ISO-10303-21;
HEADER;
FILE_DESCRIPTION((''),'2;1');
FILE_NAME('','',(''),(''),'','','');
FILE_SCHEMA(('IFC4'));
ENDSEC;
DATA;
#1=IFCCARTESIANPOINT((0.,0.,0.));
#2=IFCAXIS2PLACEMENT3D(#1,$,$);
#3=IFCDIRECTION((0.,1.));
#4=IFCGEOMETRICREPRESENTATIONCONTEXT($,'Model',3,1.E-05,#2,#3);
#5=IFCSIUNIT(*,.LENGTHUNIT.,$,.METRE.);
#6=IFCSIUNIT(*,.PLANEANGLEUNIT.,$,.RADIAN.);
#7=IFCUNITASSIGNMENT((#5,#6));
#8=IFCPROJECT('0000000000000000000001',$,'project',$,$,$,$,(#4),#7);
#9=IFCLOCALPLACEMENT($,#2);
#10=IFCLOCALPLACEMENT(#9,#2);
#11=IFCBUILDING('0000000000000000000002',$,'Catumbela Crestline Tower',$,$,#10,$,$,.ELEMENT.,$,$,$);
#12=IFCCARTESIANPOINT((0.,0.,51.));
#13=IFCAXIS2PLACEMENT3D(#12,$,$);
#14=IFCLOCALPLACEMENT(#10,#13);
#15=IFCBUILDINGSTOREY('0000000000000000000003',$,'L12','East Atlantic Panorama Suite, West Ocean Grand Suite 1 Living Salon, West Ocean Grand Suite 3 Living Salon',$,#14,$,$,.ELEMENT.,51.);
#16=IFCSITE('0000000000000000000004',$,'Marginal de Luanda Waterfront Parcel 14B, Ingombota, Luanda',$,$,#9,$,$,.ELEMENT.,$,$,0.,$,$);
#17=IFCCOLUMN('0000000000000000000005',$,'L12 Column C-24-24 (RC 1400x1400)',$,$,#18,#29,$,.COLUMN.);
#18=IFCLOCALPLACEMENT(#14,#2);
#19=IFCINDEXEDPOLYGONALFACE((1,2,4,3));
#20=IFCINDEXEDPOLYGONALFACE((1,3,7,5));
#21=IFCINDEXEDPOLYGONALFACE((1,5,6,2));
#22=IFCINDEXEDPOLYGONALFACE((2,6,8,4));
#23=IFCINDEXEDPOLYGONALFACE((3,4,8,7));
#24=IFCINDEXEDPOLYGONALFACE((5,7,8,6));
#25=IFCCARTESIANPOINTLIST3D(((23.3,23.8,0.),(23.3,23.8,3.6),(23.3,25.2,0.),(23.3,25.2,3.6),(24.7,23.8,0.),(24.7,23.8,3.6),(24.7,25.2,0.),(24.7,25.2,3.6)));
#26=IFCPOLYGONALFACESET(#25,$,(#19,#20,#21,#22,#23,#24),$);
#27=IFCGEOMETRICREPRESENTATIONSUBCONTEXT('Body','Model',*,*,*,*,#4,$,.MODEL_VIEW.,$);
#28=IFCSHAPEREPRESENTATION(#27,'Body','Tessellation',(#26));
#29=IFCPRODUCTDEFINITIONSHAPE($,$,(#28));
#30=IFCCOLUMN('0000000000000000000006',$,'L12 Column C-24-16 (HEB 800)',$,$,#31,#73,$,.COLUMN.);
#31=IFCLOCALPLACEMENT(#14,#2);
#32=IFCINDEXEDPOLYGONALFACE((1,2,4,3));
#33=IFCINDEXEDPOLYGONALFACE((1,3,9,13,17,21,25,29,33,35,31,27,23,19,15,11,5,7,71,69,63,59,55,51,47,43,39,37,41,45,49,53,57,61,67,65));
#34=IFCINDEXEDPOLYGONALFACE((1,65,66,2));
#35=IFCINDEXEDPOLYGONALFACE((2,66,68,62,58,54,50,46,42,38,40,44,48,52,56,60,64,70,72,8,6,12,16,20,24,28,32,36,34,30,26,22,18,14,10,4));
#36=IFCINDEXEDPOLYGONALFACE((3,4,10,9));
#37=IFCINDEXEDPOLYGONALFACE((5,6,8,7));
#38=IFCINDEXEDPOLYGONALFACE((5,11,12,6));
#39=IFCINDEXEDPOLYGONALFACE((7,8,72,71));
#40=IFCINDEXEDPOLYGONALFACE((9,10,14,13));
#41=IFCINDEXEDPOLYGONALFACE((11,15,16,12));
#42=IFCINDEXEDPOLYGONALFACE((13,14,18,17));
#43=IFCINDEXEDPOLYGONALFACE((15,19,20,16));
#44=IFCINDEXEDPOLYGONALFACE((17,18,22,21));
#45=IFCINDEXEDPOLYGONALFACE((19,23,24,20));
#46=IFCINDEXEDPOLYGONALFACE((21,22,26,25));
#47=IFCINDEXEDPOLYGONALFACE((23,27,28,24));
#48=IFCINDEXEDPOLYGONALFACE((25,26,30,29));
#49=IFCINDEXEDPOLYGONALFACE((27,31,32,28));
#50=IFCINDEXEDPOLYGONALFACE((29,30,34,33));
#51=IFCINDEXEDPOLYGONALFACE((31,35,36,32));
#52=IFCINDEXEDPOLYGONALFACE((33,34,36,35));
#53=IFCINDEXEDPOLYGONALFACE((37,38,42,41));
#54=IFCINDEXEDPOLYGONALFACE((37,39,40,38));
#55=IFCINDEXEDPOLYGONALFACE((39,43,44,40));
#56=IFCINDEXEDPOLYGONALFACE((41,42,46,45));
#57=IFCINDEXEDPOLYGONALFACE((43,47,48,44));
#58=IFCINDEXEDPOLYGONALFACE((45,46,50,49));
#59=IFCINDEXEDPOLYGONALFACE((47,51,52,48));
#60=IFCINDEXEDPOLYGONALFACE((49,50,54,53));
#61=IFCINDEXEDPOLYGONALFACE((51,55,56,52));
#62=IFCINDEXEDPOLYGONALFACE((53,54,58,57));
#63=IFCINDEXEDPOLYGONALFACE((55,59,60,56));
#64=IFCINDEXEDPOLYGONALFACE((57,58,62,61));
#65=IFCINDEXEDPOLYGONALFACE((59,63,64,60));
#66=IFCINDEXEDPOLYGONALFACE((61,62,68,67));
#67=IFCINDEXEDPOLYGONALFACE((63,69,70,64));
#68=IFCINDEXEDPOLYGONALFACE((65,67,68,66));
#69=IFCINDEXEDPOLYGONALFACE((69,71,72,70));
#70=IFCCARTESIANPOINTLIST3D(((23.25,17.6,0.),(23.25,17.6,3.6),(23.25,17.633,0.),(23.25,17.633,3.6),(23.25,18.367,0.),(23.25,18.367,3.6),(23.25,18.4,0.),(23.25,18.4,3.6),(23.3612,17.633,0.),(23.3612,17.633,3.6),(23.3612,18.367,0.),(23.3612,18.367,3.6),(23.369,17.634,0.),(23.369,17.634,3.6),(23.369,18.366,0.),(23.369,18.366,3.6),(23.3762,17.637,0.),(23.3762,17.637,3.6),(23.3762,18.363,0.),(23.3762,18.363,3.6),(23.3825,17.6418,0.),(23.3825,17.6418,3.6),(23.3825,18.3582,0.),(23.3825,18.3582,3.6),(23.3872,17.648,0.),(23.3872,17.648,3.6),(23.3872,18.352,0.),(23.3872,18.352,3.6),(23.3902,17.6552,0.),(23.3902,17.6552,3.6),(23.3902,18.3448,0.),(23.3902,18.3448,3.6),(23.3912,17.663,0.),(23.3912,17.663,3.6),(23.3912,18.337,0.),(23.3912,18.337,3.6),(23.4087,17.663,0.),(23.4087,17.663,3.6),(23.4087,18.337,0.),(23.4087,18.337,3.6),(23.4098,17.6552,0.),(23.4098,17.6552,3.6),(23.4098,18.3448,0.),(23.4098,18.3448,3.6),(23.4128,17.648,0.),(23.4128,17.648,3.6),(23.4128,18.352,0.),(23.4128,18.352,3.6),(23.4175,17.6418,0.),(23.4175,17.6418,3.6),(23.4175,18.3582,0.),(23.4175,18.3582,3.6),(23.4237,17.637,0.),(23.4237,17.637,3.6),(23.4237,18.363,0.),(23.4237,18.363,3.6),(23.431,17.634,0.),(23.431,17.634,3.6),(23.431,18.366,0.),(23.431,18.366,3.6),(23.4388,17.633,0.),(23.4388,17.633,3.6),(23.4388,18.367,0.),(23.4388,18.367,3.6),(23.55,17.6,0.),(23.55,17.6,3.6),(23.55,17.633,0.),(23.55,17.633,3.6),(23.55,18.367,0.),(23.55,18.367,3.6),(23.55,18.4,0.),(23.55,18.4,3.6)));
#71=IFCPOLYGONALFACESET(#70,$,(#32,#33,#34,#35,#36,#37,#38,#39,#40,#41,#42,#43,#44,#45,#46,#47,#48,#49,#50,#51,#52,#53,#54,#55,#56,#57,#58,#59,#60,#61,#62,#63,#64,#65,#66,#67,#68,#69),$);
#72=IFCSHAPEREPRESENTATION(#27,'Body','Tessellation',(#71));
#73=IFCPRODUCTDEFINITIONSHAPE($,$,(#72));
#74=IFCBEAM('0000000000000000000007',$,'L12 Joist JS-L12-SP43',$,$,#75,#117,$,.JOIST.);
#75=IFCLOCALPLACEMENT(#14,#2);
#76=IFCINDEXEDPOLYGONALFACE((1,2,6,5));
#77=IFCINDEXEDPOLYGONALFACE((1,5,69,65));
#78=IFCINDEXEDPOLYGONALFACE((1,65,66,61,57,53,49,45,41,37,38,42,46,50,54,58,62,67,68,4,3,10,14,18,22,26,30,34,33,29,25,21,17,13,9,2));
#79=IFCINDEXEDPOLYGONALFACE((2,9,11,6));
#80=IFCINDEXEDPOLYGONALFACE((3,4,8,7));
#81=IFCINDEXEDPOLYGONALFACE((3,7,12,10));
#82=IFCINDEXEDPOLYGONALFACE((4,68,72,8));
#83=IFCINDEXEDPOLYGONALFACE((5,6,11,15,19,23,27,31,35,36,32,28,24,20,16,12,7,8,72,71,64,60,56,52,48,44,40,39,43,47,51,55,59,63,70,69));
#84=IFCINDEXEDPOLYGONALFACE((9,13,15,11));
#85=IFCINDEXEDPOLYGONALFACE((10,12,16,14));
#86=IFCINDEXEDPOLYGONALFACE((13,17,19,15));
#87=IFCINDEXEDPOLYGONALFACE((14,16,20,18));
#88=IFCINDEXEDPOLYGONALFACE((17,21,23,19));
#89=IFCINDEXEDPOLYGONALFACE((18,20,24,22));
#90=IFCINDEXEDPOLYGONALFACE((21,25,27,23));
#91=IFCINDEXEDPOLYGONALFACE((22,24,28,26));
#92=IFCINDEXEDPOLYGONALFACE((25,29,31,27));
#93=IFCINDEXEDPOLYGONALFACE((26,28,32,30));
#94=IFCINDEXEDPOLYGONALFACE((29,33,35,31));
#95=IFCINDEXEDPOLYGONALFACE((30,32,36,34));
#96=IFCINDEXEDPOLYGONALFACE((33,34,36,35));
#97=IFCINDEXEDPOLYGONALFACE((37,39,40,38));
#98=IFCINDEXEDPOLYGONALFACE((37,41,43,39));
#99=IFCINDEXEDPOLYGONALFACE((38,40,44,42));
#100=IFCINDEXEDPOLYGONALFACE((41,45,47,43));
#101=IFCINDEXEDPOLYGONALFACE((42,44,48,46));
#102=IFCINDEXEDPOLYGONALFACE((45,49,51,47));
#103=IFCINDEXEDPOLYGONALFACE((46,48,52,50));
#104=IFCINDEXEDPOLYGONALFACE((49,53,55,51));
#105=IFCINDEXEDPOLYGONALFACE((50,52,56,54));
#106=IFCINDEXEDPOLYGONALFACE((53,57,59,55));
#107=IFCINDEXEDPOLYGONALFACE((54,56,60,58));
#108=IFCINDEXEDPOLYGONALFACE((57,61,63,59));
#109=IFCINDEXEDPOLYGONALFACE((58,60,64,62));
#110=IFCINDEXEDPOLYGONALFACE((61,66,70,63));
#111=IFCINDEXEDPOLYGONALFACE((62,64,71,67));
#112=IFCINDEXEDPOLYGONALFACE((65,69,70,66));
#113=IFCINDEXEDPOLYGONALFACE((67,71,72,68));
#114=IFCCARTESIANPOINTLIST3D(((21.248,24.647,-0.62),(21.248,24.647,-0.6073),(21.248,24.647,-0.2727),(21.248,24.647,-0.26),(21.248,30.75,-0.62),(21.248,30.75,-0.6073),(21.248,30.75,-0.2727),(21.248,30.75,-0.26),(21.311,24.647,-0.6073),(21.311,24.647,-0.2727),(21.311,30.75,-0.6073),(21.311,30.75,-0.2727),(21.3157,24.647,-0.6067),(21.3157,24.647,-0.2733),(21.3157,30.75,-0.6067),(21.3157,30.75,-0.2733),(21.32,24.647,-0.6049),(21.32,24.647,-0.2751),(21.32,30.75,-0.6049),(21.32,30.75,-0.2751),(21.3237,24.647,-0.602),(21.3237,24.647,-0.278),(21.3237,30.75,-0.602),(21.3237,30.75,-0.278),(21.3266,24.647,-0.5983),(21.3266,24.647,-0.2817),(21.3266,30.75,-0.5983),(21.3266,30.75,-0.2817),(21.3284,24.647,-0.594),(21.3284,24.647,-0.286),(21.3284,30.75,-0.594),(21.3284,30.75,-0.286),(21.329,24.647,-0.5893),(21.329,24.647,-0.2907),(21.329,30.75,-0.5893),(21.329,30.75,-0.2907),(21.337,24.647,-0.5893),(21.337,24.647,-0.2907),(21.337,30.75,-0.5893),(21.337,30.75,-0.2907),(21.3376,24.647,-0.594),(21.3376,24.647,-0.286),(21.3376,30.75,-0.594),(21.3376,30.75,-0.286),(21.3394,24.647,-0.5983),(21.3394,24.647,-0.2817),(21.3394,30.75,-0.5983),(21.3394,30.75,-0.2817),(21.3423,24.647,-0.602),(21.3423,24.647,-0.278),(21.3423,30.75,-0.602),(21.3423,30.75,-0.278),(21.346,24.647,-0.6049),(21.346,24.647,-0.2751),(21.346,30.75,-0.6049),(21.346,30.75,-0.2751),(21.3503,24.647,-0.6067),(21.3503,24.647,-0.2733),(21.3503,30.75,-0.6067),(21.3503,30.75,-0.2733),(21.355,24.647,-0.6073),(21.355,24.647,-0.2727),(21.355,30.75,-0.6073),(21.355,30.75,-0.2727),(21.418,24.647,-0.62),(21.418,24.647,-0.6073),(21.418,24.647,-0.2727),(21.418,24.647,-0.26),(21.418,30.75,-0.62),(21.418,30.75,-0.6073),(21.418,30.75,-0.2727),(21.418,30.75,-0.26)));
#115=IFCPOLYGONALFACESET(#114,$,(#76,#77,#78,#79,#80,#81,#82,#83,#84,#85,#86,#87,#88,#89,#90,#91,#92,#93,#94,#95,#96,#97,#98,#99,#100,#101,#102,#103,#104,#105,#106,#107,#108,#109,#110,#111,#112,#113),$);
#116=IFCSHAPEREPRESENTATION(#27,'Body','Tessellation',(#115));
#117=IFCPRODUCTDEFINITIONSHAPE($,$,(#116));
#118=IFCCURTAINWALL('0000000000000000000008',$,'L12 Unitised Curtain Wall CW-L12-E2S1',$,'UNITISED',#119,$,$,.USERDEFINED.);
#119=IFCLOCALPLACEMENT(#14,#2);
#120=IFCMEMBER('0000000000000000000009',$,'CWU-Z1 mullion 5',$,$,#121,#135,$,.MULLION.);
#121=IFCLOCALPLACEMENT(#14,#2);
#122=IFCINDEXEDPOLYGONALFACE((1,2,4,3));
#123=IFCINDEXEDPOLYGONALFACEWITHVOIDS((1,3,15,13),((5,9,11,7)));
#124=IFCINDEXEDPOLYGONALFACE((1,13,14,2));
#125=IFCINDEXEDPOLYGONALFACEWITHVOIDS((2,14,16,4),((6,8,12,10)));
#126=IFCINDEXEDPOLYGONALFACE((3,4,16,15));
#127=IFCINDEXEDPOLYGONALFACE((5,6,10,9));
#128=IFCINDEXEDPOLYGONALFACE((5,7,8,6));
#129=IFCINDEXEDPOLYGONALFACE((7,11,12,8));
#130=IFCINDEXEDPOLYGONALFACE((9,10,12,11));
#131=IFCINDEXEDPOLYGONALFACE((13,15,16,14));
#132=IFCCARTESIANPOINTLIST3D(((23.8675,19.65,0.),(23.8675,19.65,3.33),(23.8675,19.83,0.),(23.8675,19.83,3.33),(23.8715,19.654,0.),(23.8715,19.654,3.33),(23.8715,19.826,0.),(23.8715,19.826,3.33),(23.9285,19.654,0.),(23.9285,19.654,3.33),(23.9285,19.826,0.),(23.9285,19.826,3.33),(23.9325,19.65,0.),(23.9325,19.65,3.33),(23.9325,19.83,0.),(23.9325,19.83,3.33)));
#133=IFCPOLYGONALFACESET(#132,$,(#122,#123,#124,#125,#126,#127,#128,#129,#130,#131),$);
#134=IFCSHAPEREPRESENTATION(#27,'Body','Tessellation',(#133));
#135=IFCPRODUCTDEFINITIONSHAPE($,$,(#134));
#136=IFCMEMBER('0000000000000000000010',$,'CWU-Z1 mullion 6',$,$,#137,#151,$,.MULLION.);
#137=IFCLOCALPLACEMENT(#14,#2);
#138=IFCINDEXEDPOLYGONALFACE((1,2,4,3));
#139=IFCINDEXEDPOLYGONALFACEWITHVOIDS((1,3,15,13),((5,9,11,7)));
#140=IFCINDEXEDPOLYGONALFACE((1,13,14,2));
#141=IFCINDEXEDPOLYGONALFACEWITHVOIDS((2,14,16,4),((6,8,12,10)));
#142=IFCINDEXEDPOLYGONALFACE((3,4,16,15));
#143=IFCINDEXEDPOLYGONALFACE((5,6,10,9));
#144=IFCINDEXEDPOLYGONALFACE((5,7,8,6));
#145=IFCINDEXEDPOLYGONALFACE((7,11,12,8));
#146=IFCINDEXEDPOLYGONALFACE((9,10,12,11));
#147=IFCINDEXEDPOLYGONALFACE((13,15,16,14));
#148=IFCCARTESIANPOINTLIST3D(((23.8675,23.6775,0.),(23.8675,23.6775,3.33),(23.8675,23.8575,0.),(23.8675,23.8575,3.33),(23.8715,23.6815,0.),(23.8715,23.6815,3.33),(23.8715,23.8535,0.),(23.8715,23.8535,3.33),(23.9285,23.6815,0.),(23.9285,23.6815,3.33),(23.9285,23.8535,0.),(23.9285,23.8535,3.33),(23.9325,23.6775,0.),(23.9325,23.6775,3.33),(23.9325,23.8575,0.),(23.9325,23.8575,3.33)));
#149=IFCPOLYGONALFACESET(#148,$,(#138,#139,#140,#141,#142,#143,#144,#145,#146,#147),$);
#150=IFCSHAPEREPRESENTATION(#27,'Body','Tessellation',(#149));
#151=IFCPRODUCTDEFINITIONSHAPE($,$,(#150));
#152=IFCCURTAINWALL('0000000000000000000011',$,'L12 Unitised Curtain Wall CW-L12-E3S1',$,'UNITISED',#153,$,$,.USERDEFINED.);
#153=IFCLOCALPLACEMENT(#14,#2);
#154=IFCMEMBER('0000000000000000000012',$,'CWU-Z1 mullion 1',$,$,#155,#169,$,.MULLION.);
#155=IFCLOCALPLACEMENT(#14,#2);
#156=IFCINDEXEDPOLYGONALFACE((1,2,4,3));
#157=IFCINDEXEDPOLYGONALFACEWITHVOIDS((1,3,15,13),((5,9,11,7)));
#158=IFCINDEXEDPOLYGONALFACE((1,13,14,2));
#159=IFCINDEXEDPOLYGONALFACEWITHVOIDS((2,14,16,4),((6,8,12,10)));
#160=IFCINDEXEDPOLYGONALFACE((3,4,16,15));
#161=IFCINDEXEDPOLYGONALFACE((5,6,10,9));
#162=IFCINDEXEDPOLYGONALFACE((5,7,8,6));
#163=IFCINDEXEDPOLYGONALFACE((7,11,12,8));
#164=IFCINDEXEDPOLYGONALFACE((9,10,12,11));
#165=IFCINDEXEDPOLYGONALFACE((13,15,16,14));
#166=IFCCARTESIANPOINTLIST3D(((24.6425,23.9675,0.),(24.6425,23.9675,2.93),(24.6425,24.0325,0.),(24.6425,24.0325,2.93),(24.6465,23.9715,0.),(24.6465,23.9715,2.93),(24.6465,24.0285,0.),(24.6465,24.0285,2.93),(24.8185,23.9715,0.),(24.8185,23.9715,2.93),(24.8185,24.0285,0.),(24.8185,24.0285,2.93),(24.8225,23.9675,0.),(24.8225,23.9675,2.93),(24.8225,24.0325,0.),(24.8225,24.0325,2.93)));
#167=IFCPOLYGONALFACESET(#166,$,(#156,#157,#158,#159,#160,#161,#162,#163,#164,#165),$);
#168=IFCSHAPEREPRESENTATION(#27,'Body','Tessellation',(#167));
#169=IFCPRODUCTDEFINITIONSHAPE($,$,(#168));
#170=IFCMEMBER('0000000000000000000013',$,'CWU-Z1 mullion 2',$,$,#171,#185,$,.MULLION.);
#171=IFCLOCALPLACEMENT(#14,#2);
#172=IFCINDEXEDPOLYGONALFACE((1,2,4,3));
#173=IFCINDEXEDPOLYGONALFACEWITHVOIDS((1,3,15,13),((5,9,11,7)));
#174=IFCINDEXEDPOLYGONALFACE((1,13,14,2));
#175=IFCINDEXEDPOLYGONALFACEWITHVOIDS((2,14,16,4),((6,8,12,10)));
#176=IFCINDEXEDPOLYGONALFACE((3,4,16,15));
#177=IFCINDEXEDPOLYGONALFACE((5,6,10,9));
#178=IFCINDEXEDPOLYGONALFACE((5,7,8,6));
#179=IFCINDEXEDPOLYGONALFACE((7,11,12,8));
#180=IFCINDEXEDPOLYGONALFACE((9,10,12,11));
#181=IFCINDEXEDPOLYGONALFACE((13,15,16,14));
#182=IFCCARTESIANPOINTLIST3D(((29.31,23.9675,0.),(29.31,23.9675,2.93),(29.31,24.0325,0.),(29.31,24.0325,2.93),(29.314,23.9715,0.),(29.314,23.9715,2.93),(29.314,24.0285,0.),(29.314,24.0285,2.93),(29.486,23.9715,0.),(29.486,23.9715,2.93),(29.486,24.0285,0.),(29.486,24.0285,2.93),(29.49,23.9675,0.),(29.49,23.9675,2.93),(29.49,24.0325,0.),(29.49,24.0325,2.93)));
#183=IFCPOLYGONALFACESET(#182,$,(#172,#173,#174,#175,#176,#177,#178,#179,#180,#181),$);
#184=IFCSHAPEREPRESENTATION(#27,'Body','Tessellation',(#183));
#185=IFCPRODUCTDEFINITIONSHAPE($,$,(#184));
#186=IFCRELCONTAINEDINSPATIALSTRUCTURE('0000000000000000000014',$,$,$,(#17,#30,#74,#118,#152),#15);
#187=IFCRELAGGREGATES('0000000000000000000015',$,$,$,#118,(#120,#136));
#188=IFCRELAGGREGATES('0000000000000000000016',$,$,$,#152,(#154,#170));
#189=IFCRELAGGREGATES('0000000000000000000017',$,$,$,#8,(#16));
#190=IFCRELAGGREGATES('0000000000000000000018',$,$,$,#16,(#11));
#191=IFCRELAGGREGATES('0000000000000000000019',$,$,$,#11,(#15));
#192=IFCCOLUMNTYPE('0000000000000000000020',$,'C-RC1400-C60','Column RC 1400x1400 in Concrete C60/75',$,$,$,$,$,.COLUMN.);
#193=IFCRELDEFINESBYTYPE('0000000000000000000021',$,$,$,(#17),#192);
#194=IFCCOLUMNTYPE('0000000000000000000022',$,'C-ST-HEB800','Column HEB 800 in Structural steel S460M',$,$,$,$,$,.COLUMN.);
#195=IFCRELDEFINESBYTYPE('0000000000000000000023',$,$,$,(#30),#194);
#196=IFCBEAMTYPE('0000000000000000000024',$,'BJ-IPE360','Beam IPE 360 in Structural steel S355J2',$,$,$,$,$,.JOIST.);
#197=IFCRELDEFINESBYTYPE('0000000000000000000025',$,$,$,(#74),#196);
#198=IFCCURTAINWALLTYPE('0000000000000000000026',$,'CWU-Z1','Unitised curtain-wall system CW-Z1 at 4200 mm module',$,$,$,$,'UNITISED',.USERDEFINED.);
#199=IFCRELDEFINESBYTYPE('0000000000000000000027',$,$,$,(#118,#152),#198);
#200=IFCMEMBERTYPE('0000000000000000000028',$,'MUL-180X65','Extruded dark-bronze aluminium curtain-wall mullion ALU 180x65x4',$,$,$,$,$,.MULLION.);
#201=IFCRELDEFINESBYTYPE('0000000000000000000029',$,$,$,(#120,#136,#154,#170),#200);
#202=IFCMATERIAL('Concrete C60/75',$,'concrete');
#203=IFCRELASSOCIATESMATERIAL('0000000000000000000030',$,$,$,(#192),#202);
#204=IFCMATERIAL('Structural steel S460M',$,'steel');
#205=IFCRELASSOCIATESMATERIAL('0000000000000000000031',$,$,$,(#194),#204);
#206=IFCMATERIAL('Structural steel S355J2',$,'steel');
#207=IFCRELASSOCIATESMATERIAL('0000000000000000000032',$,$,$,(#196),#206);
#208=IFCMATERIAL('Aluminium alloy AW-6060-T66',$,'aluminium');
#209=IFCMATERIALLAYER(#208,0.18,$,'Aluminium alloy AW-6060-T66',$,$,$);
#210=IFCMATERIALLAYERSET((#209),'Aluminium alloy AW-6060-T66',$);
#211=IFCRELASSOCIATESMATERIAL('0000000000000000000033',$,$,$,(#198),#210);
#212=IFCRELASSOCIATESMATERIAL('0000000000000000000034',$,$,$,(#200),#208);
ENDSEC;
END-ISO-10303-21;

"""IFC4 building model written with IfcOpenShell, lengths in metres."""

from ifc_helpers import new_model, si_unit, direction, frame, origin, origin_2d, place, context, subcontext, project, spatial, rectangle, hollow_rectangle, i_section, extrude, material, layer, layer_set, material_profile, profile_set, type_object, element, aggregate, save


model = new_model("IFC4")

# Units and contexts
model_context = context("Model", 3, precision=1e-05, world=origin(), true_north=direction((0.0, 1.0)))
body_context = subcontext(model_context, "Body", "Model", "MODEL_VIEW")
ifc_project = project(units=[si_unit("LENGTHUNIT", "METRE"), si_unit("PLANEANGLEUNIT", "RADIAN")], contexts=[model_context])

# Site, building, storey
site_placement = place(None, origin())
site = spatial("IfcSite", under=ifc_project, at=site_placement, Name="Marginal de Luanda Waterfront Parcel 14B, Ingombota, Luanda", CompositionType="ELEMENT", RefElevation=0.0)
building_placement = place(site_placement, origin())
building = spatial("IfcBuilding", under=site, at=building_placement, Name="Catumbela Crestline Tower", CompositionType="ELEMENT")
storey_placement = place(building_placement, frame((0.0, 0.0, 51.0)))
storey = spatial("IfcBuildingStorey", under=building, at=storey_placement, Name="L12", Description="East Atlantic Panorama Suite, West Ocean Grand Suite 1 Living Salon, West Ocean Grand Suite 3 Living Salon", CompositionType="ELEMENT", Elevation=51.0)

# Columns
ifc_material_1 = material(Name="Concrete C60/75", Category="concrete")
ifc_material_profile_1 = material_profile(ifc_material_1, rectangle(XDim=1.4, YDim=1.4, at=origin_2d()), Name="RC 1400x1400")
ifc_profile_set_1 = profile_set([ifc_material_profile_1], Name="Concrete C60/75")
column_type_1 = type_object("IfcColumnType", Name="C-RC1400-C60", Description="Column RC 1400x1400 in Concrete C60/75", PredefinedType="COLUMN", material=ifc_profile_set_1)
column_1_placement = place(storey_placement, frame((24.0, 24.5, 0.0), z_axis=(0.0, 0.0, 1.0), x_axis=(1.0, 0.0, 0.0)))
element("IfcColumn", 1, at=column_1_placement, inside=storey, type_object=column_type_1, Name="L12 Column C-24-24 (RC 1400x1400)", PredefinedType="COLUMN", context=body_context, shape_type="SweptSolid", body=[
    extrude(rectangle(XDim=1.4, YDim=1.4, at=origin_2d()), origin(), (0.0, 0.0, 1.0), 3.6),
])
ifc_material_2 = material(Name="Structural steel S460M", Category="steel")
ifc_material_profile_2 = material_profile(ifc_material_2, i_section(OverallWidth=0.3, OverallDepth=0.8, WebThickness=0.0175, FlangeThickness=0.033, FilletRadius=0.03, at=origin_2d()), Name="HEB 800")
ifc_profile_set_2 = profile_set([ifc_material_profile_2], Name="Structural steel S460M")
column_type_2 = type_object("IfcColumnType", Name="C-ST-HEB800", Description="Column HEB 800 in Structural steel S460M", PredefinedType="COLUMN", material=ifc_profile_set_2)
column_2_placement = place(storey_placement, frame((23.4, 18.0, 0.0), z_axis=(0.0, 0.0, 1.0), x_axis=(1.0, 0.0, 0.0)))
element("IfcColumn", 2, at=column_2_placement, inside=storey, type_object=column_type_2, Name="L12 Column C-24-16 (HEB 800)", PredefinedType="COLUMN", context=body_context, shape_type="SweptSolid", body=[
    extrude(i_section(OverallWidth=0.3, OverallDepth=0.8, WebThickness=0.0175, FlangeThickness=0.033, FilletRadius=0.03, at=origin_2d()), origin(), (0.0, 0.0, 1.0), 3.6),
])

# Beam
ifc_material_3 = material(Name="Structural steel S355J2", Category="steel")
ifc_material_profile_3 = material_profile(ifc_material_3, i_section(OverallWidth=0.17, OverallDepth=0.36, WebThickness=0.008, FlangeThickness=0.0127, FilletRadius=0.018, at=origin_2d()), Name="IPE 360")
ifc_profile_set_3 = profile_set([ifc_material_profile_3], Name="Structural steel S355J2")
beam_type_1 = type_object("IfcBeamType", Name="BJ-IPE360", Description="Beam IPE 360 in Structural steel S355J2", PredefinedType="JOIST", material=ifc_profile_set_3)
beam_1_placement = place(storey_placement, frame((21.333, 24.647, -0.44), z_axis=(0.0, 1.0, 0.0), x_axis=(-1.0, 0.0, 0.0)))
element("IfcBeam", 3, at=beam_1_placement, inside=storey, type_object=beam_type_1, Name="L12 Joist JS-L12-SP43", PredefinedType="JOIST", context=body_context, shape_type="SweptSolid", body=[
    extrude(i_section(OverallWidth=0.17, OverallDepth=0.36, WebThickness=0.008, FlangeThickness=0.0127, FilletRadius=0.018, at=origin_2d()), origin(), (0.0, 0.0, 1.0), 6.103),
])

# Curtain walls, members
ifc_material_4 = material(Name="Aluminium alloy AW-6060-T66", Category="aluminium")
ifc_layer_1 = layer(ifc_material_4, 0.18, Name="Aluminium alloy AW-6060-T66")
ifc_layer_set_1 = layer_set([ifc_layer_1], Name="Aluminium alloy AW-6060-T66")
curtain_wall_type = type_object("IfcCurtainWallType", Name="CWU-Z1", Description="Unitised curtain-wall system CW-Z1 at 4200 mm module", ElementType="UNITISED", PredefinedType="USERDEFINED", material=ifc_layer_set_1)
curtain_wall_1_placement = place(storey_placement, origin())
curtain_wall_1 = element("IfcCurtainWall", 4, at=curtain_wall_1_placement, inside=storey, type_object=curtain_wall_type, Name="L12 Unitised Curtain Wall CW-L12-E2S1", ObjectType="UNITISED", PredefinedType="USERDEFINED")
ifc_material_profile_4 = material_profile(ifc_material_4, hollow_rectangle(XDim=0.065, YDim=0.18, WallThickness=0.004, at=origin_2d()), Name="ALU 180x65x4")
ifc_profile_set_4 = profile_set([ifc_material_profile_4], Name="Aluminium alloy AW-6060-T66")
member_type_1 = type_object("IfcMemberType", Name="MUL-180X65", Description="Extruded dark-bronze aluminium curtain-wall mullion ALU 180x65x4", PredefinedType="MULLION", material=ifc_profile_set_4)
member_1_placement = place(storey_placement, frame((23.9, 19.74, 0.0), z_axis=(0.0, 0.0, 1.0), x_axis=(-1.0, 0.0, 0.0)))
member_1 = element("IfcMember", 5, at=member_1_placement, type_object=member_type_1, Name="CWU-Z1 mullion 5", PredefinedType="MULLION", context=body_context, shape_type="SweptSolid", body=[
    extrude(hollow_rectangle(XDim=0.065, YDim=0.18, WallThickness=0.004, at=origin_2d()), origin(), (0.0, 0.0, 1.0), 3.33),
])
member_2_placement = place(storey_placement, frame((23.9, 23.7675, 0.0), z_axis=(0.0, 0.0, 1.0), x_axis=(-1.0, 0.0, 0.0)))
member_2 = element("IfcMember", 6, at=member_2_placement, type_object=member_type_1, Name="CWU-Z1 mullion 6", PredefinedType="MULLION", context=body_context, shape_type="SweptSolid", body=[
    extrude(hollow_rectangle(XDim=0.065, YDim=0.18, WallThickness=0.004, at=origin_2d()), origin(), (0.0, 0.0, 1.0), 3.33),
])
curtain_wall_2_placement = place(storey_placement, origin())
curtain_wall_2 = element("IfcCurtainWall", 7, at=curtain_wall_2_placement, inside=storey, type_object=curtain_wall_type, Name="L12 Unitised Curtain Wall CW-L12-E3S1", ObjectType="UNITISED", PredefinedType="USERDEFINED")
member_3_placement = place(storey_placement, frame((24.7325, 24.0, 0.0), z_axis=(0.0, 0.0, 1.0), x_axis=(0.0, 1.0, 0.0)))
member_3 = element("IfcMember", 8, at=member_3_placement, type_object=member_type_1, Name="CWU-Z1 mullion 1", PredefinedType="MULLION", context=body_context, shape_type="SweptSolid", body=[
    extrude(hollow_rectangle(XDim=0.065, YDim=0.18, WallThickness=0.004, at=origin_2d()), origin(), (0.0, 0.0, 1.0), 2.93),
])
member_4_placement = place(storey_placement, frame((29.4, 24.0, 0.0), z_axis=(0.0, 0.0, 1.0), x_axis=(0.0, 1.0, 0.0)))
member_4 = element("IfcMember", 9, at=member_4_placement, type_object=member_type_1, Name="CWU-Z1 mullion 2", PredefinedType="MULLION", context=body_context, shape_type="SweptSolid", body=[
    extrude(hollow_rectangle(XDim=0.065, YDim=0.18, WallThickness=0.004, at=origin_2d()), origin(), (0.0, 0.0, 1.0), 2.93),
])

aggregate(curtain_wall_1, [member_1, member_2])
aggregate(curtain_wall_2, [member_3, member_4])

save(model, "model.ifc")
